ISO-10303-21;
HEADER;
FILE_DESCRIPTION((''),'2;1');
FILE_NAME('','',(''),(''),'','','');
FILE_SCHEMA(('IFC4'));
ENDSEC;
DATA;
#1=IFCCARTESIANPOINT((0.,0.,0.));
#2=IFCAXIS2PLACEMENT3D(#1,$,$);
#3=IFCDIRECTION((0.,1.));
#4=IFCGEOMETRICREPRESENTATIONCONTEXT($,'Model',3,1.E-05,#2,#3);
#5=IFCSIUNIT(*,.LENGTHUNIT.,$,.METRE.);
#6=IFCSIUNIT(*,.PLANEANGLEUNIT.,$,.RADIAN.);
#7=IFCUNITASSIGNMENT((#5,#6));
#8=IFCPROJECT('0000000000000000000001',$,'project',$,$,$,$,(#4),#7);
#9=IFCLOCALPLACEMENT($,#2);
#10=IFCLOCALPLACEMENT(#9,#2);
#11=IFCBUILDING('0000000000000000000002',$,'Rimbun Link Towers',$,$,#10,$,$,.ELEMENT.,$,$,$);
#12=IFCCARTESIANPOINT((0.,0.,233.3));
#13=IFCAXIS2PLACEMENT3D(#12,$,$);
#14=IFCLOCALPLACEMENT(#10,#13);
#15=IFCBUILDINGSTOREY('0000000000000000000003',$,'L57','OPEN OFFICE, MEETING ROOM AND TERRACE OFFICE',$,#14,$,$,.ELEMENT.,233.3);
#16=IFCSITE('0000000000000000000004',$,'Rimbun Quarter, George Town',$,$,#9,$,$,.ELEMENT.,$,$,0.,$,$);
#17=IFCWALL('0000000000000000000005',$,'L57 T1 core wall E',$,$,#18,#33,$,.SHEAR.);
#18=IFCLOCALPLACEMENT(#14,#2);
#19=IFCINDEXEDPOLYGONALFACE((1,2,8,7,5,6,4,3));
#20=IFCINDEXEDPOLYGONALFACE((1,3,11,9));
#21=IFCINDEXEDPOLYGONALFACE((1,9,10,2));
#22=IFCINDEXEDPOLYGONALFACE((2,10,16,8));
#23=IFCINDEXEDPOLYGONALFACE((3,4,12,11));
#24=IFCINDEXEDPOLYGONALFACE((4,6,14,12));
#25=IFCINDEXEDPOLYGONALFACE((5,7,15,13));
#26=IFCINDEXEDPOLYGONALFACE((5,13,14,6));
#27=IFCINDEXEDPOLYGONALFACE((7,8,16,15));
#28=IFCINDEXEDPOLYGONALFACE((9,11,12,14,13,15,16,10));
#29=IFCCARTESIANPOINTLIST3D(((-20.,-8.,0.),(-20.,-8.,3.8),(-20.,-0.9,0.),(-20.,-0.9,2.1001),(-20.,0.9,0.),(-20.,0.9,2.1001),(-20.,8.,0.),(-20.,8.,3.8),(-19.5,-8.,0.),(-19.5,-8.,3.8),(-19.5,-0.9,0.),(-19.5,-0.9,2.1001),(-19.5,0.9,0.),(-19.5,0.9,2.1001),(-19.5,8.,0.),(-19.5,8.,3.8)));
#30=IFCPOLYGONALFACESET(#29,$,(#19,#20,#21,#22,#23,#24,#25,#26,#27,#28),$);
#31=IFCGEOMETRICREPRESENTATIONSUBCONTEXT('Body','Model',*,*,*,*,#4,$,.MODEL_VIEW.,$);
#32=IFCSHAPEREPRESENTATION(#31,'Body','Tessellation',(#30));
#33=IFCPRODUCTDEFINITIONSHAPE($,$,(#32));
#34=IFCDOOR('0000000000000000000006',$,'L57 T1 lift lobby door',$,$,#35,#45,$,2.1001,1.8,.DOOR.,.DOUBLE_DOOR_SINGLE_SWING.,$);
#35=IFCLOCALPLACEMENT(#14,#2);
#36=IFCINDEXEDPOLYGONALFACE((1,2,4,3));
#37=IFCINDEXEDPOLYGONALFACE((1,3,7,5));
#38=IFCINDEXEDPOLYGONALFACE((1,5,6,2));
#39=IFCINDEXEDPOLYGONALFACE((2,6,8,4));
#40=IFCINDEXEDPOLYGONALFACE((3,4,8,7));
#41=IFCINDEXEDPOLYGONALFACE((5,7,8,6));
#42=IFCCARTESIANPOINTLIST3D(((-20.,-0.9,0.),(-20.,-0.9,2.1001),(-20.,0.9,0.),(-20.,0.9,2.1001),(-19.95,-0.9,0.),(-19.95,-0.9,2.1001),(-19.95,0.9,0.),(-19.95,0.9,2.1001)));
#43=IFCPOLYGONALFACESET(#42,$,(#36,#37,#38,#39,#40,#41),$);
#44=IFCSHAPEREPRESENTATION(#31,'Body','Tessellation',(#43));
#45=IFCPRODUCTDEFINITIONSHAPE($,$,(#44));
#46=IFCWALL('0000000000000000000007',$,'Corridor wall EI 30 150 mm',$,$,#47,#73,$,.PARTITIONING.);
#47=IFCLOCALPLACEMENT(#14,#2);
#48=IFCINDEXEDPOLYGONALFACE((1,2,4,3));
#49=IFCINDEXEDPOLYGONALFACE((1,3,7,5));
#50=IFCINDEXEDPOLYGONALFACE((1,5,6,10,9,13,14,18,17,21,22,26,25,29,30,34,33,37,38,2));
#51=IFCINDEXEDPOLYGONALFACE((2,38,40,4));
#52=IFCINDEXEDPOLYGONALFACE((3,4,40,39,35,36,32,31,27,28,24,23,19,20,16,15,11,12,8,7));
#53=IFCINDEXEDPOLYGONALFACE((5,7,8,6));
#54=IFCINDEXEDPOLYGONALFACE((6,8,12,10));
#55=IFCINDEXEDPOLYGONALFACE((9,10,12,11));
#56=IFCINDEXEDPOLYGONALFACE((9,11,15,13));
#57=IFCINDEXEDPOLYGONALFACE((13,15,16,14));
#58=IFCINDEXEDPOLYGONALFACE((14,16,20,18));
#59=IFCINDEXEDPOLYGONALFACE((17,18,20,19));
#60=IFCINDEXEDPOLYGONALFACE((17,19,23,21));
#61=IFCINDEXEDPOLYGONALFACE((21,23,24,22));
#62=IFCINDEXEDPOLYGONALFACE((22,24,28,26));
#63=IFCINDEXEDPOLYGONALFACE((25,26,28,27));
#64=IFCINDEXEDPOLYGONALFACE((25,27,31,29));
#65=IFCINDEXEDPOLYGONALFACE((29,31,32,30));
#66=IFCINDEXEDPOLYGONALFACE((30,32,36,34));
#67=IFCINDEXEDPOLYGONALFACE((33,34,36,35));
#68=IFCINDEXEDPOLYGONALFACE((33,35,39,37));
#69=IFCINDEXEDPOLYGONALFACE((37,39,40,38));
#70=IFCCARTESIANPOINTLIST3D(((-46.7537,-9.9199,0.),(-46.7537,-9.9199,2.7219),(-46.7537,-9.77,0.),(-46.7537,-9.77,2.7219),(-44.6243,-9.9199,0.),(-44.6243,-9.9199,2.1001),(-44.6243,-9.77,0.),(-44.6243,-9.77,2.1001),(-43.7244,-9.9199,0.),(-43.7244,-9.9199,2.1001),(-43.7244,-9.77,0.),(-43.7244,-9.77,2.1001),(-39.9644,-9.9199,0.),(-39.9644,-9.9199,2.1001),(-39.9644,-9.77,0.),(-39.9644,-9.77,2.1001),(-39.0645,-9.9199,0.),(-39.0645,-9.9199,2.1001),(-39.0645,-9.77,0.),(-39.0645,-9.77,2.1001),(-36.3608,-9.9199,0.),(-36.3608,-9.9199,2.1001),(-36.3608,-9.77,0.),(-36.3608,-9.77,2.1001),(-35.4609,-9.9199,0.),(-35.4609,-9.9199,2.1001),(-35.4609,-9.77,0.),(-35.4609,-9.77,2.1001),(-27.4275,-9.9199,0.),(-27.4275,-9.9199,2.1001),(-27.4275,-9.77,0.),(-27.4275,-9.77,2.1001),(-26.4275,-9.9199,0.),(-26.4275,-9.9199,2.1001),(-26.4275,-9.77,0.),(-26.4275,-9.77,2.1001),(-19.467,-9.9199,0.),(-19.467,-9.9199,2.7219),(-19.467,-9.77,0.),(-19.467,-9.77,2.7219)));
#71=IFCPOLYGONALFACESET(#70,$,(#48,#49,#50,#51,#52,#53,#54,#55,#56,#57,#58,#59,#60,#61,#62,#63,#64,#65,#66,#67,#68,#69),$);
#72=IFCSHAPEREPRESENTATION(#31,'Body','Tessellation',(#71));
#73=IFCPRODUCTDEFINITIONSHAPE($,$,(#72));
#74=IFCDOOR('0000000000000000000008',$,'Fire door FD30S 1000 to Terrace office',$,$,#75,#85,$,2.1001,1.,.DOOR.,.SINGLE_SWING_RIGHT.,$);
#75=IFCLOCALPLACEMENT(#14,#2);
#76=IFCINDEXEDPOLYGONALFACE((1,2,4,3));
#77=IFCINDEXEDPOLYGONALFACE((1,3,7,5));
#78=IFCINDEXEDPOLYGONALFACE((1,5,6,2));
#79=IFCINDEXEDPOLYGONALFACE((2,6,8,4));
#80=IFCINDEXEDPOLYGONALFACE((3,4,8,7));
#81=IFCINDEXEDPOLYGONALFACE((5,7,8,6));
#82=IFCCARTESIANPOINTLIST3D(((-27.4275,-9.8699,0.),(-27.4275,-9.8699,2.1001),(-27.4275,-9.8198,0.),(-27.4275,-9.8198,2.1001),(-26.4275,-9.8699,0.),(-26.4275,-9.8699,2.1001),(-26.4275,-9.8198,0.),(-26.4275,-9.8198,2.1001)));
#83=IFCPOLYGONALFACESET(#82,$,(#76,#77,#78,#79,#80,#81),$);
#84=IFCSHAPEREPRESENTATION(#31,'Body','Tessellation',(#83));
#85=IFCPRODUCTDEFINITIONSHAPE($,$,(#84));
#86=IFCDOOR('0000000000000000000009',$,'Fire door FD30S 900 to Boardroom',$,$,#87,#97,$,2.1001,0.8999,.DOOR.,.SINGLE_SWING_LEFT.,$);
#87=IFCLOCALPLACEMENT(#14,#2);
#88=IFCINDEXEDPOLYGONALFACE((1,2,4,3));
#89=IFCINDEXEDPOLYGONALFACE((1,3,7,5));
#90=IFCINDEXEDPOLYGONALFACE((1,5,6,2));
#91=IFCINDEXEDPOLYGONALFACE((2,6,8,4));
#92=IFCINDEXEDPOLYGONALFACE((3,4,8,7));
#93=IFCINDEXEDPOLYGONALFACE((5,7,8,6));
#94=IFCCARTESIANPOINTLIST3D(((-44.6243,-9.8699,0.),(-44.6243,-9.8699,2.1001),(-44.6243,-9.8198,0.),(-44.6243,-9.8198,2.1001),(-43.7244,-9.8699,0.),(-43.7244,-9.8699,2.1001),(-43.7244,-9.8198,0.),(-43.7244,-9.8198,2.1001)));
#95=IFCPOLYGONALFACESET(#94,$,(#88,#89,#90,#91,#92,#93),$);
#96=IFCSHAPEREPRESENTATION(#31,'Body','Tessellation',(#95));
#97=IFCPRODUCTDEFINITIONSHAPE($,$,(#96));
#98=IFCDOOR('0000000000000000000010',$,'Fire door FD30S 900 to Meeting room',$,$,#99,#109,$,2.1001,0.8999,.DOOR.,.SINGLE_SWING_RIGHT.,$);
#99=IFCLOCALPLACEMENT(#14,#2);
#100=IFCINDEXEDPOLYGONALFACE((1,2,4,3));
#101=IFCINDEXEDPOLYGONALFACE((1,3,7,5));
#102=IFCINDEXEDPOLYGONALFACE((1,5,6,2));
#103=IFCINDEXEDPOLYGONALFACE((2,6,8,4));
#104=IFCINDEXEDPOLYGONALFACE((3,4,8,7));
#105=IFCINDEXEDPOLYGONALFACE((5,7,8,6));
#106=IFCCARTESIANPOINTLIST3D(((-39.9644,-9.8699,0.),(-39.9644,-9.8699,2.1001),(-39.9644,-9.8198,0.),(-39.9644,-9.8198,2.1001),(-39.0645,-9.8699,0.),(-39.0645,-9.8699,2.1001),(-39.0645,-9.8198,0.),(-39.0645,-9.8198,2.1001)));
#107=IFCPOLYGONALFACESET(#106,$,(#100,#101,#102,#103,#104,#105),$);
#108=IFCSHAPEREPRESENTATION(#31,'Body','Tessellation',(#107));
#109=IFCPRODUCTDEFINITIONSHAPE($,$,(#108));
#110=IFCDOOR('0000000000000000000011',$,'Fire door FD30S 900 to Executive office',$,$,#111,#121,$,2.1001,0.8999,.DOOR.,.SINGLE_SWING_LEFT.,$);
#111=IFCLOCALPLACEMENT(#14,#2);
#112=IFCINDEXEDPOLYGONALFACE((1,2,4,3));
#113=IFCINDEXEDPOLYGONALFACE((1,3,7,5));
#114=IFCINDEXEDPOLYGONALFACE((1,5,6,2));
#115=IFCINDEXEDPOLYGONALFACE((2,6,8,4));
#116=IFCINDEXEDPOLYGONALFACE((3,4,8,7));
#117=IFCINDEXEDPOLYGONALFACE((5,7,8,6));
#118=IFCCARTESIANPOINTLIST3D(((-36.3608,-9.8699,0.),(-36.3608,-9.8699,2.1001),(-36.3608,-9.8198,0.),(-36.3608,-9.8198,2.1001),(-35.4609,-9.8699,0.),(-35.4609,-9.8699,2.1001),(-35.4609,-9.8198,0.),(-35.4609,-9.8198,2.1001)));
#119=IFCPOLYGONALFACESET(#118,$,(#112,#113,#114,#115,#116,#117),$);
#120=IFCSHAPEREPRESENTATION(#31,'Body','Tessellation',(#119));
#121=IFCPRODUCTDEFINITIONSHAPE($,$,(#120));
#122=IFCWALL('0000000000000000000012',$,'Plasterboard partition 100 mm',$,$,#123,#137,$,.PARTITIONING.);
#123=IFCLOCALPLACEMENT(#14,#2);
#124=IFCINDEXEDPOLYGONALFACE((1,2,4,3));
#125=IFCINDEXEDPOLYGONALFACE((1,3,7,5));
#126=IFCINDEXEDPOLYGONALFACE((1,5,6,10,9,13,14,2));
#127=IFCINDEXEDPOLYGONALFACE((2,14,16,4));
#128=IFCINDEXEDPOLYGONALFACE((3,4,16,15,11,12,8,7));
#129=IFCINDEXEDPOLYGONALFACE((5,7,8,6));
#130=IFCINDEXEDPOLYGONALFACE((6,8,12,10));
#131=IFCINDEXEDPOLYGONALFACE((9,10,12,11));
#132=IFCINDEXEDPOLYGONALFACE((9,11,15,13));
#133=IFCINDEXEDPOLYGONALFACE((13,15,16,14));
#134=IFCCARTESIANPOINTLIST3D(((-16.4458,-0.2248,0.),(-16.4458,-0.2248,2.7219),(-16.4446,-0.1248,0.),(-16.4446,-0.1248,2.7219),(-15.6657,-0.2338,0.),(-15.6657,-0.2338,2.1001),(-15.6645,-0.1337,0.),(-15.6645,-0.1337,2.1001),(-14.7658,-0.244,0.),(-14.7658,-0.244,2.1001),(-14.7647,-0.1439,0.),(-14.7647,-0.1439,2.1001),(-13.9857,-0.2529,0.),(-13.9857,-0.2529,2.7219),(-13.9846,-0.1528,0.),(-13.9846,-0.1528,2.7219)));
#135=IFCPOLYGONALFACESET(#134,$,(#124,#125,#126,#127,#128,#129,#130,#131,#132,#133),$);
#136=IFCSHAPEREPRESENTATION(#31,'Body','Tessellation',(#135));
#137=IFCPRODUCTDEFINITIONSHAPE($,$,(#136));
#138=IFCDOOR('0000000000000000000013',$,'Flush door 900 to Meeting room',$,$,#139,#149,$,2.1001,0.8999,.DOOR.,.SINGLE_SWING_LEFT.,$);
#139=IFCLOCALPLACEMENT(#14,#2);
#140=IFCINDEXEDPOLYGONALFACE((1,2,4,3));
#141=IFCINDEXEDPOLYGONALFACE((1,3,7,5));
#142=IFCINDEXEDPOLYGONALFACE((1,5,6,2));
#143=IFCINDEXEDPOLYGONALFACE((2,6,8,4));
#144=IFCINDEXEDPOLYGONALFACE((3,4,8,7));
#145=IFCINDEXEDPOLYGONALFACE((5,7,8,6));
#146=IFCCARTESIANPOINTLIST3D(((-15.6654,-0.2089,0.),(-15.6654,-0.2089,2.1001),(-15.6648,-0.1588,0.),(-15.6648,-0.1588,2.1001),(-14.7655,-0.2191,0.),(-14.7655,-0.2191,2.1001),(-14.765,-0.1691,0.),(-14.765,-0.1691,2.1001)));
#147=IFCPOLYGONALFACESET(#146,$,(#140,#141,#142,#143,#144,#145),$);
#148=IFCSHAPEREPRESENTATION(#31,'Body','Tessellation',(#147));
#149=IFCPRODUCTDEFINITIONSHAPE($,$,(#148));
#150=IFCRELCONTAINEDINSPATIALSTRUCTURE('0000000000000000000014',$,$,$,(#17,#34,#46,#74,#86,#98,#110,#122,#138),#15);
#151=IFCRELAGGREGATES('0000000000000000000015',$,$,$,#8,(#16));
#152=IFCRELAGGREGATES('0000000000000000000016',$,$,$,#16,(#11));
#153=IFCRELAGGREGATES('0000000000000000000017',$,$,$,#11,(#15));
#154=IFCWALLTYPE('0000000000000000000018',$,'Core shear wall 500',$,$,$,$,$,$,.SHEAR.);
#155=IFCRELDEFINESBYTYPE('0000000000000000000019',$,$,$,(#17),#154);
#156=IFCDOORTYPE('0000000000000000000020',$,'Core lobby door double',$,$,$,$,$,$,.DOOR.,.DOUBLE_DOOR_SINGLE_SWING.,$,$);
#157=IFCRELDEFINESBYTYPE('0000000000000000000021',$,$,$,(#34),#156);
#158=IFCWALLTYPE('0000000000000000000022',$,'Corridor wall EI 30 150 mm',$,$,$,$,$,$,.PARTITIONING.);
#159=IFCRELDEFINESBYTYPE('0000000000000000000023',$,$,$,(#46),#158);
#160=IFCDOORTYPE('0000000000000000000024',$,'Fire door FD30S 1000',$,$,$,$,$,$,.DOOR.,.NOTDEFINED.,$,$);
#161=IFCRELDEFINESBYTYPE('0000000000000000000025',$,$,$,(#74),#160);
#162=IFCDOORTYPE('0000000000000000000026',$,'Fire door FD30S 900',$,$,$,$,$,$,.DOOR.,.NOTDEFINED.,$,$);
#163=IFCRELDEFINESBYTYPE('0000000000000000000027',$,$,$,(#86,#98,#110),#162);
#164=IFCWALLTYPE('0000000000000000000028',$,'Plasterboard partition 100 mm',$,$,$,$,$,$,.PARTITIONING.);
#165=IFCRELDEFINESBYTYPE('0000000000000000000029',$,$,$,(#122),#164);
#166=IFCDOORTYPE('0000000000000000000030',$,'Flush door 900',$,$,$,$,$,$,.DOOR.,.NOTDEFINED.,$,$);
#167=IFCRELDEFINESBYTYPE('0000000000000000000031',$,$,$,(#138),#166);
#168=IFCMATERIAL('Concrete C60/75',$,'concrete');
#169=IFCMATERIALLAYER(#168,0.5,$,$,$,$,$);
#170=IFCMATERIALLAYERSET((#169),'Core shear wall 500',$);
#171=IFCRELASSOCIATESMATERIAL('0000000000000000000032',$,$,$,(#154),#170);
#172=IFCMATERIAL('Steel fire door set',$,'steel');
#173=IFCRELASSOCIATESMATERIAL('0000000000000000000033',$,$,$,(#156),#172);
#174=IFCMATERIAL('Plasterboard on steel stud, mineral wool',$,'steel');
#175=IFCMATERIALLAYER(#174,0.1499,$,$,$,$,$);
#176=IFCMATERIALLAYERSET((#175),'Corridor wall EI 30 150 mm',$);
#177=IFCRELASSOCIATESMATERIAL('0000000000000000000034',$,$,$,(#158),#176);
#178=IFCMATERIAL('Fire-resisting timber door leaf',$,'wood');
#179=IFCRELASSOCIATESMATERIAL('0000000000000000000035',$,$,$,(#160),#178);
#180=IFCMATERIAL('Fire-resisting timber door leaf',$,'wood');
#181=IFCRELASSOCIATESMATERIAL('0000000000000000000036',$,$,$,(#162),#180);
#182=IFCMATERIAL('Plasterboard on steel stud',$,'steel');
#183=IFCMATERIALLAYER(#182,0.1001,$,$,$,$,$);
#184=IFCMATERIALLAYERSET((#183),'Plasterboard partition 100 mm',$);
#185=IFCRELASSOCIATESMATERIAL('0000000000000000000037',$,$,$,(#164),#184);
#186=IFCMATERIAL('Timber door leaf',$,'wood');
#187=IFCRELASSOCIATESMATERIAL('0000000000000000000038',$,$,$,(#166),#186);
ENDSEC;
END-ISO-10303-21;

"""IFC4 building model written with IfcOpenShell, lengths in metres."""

from ifc_helpers import new_model, si_unit, direction, frame, frame_2d, origin, place, context, subcontext, project, spatial, rectangle, extrude, material, layer, layer_set, type_object, element, fill, save


model = new_model("IFC4")

# Units and contexts
model_context = context("Model", 3, precision=1e-05, world=origin(), true_north=direction((0.0, 1.0)))
body_context = subcontext(model_context, "Body", "Model", "MODEL_VIEW")
ifc_project = project(units=[si_unit("LENGTHUNIT", "METRE"), si_unit("PLANEANGLEUNIT", "RADIAN")], contexts=[model_context])

# Site, building, storey
site_placement = place(None, origin())
site = spatial("IfcSite", under=ifc_project, at=site_placement, Name="Rimbun Quarter, George Town", CompositionType="ELEMENT", RefElevation=0.0)
building_placement = place(site_placement, origin())
building = spatial("IfcBuilding", under=site, at=building_placement, Name="Rimbun Link Towers", CompositionType="ELEMENT")
storey_placement = place(building_placement, frame((0.0, 0.0, 233.3)))
storey = spatial("IfcBuildingStorey", under=building, at=storey_placement, Name="L57", Description="OPEN OFFICE, MEETING ROOM AND TERRACE OFFICE", CompositionType="ELEMENT", Elevation=233.3)

# Wall, opening, door
ifc_material_1 = material(Name="Concrete C60/75", Category="concrete")
ifc_layer_1 = layer(ifc_material_1, 0.5)
ifc_layer_set_1 = layer_set([ifc_layer_1], Name="Core shear wall 500")
wall_type_1 = type_object("IfcWallType", Name="Core shear wall 500", PredefinedType="SHEAR", material=ifc_layer_set_1)
wall_1_placement = place(storey_placement, frame((-19.75, -8.0, 0.0), z_axis=(0.0, 0.0, 1.0), x_axis=(0.0, 1.0, 0.0)))
wall_1 = element("IfcWall", 1, at=wall_1_placement, inside=storey, type_object=wall_type_1, Name="L57 T1 core wall E", PredefinedType="SHEAR", context=body_context, shape_type="SweptSolid", body=[
    extrude(rectangle(XDim=16.0, YDim=0.5, at=frame_2d((8.0, 0.0))), origin(), (0.0, 0.0, 1.0), 3.8),
])
opening_1_placement = place(wall_1_placement, frame((7.1001, 0.0, 0.0)))
opening_1 = element("IfcOpeningElement", 2, at=opening_1_placement, cuts=wall_1, PredefinedType="OPENING", context=body_context, shape_type="SweptSolid", body=[
    extrude(rectangle(XDim=1.8, YDim=2.1001, at=frame_2d((0.8999, 1.05))), frame((0.0, 0.26, 0.0), z_axis=(0.0, -1.0, 0.0), x_axis=(1.0, 0.0, 0.0)), (0.0, 0.0, 1.0), 0.52),
])
ifc_material_2 = material(Name="Steel fire door set", Category="steel")
door_type_1 = type_object("IfcDoorType", Name="Core lobby door double", OperationType="DOUBLE_DOOR_SINGLE_SWING", PredefinedType="DOOR", material=ifc_material_2)
door_1_placement = place(opening_1_placement, origin())
door_1 = element("IfcDoor", 3, at=door_1_placement, inside=storey, type_object=door_type_1, Name="L57 T1 lift lobby door", OperationType="DOUBLE_DOOR_SINGLE_SWING", OverallHeight=2.1001, OverallWidth=1.8, PredefinedType="DOOR", context=body_context, shape_type="SweptSolid", body=[
    extrude(rectangle(XDim=1.8, YDim=2.1001, at=frame_2d((0.8999, 1.05))), frame((0.0, 0.25, 0.0), z_axis=(0.0, -1.0, 0.0), x_axis=(1.0, 0.0, 0.0)), (0.0, 0.0, 1.0), 0.05),
])
fill(opening_1, door_1)

# Wall, openings, doors
ifc_material_3 = material(Name="Plasterboard on steel stud, mineral wool", Category="steel")
ifc_layer_2 = layer(ifc_material_3, 0.1499)
ifc_layer_set_2 = layer_set([ifc_layer_2], Name="Corridor wall EI 30 150 mm")
wall_type_2 = type_object("IfcWallType", Name="Corridor wall EI 30 150 mm", PredefinedType="PARTITIONING", material=ifc_layer_set_2)
wall_2_placement = place(storey_placement, frame((-19.467, -9.845, 0.0), z_axis=(0.0, 0.0, 1.0), x_axis=(-1.0, 0.0, 0.0)))
wall_2 = element("IfcWall", 4, at=wall_2_placement, inside=storey, type_object=wall_type_2, Name="Corridor wall EI 30 150 mm", PredefinedType="PARTITIONING", context=body_context, shape_type="SweptSolid", body=[
    extrude(rectangle(XDim=27.2866, YDim=0.1499, at=frame_2d((13.6433, 0.0))), origin(), (0.0, 0.0, 1.0), 2.7219),
])
opening_2_placement = place(wall_2_placement, frame((24.2573, 0.0, 0.0)))
opening_2 = element("IfcOpeningElement", 5, at=opening_2_placement, cuts=wall_2, PredefinedType="OPENING", context=body_context, shape_type="SweptSolid", body=[
    extrude(rectangle(XDim=0.8999, YDim=2.1001, at=frame_2d((0.45, 1.05))), frame((0.0, 0.085, 0.0), z_axis=(0.0, -1.0, 0.0), x_axis=(1.0, 0.0, 0.0)), (0.0, 0.0, 1.0), 0.1699),
])
opening_3_placement = place(wall_2_placement, frame((19.5974, 0.0, 0.0)))
opening_3 = element("IfcOpeningElement", 6, at=opening_3_placement, cuts=wall_2, PredefinedType="OPENING", context=body_context, shape_type="SweptSolid", body=[
    extrude(rectangle(XDim=0.8999, YDim=2.1001, at=frame_2d((0.45, 1.05))), frame((0.0, 0.085, 0.0), z_axis=(0.0, -1.0, 0.0), x_axis=(1.0, 0.0, 0.0)), (0.0, 0.0, 1.0), 0.1699),
])
opening_4_placement = place(wall_2_placement, frame((15.9939, 0.0, 0.0)))
opening_4 = element("IfcOpeningElement", 7, at=opening_4_placement, cuts=wall_2, PredefinedType="OPENING", context=body_context, shape_type="SweptSolid", body=[
    extrude(rectangle(XDim=0.8999, YDim=2.1001, at=frame_2d((0.45, 1.05))), frame((0.0, 0.085, 0.0), z_axis=(0.0, -1.0, 0.0), x_axis=(1.0, 0.0, 0.0)), (0.0, 0.0, 1.0), 0.1699),
])
opening_5_placement = place(wall_2_placement, frame((6.9604, 0.0, 0.0)))
opening_5 = element("IfcOpeningElement", 8, at=opening_5_placement, cuts=wall_2, PredefinedType="OPENING", context=body_context, shape_type="SweptSolid", body=[
    extrude(rectangle(XDim=1.0, YDim=2.1001, at=frame_2d((0.5, 1.05))), frame((0.0, 0.085, 0.0), z_axis=(0.0, -1.0, 0.0), x_axis=(1.0, 0.0, 0.0)), (0.0, 0.0, 1.0), 0.1699),
])
ifc_material_4 = material(Name="Fire-resisting timber door leaf", Category="wood")
door_type_2 = type_object("IfcDoorType", Name="Fire door FD30S 1000", OperationType="NOTDEFINED", PredefinedType="DOOR", material=ifc_material_4)
door_2_placement = place(opening_5_placement, origin())
door_2 = element("IfcDoor", 9, at=door_2_placement, inside=storey, type_object=door_type_2, Name="Fire door FD30S 1000 to Terrace office", OperationType="SINGLE_SWING_RIGHT", OverallHeight=2.1001, OverallWidth=1.0, PredefinedType="DOOR", context=body_context, shape_type="SweptSolid", body=[
    extrude(rectangle(XDim=1.0, YDim=2.1001, at=frame_2d((0.5, 1.05))), frame((0.0, 0.0249, 0.0), z_axis=(0.0, -1.0, 0.0), x_axis=(1.0, 0.0, 0.0)), (0.0, 0.0, 1.0), 0.05),
])
fill(opening_5, door_2)
ifc_material_5 = material(Name="Fire-resisting timber door leaf", Category="wood")
door_type_3 = type_object("IfcDoorType", Name="Fire door FD30S 900", OperationType="NOTDEFINED", PredefinedType="DOOR", material=ifc_material_5)
door_3_placement = place(opening_2_placement, origin())
door_3 = element("IfcDoor", 10, at=door_3_placement, inside=storey, type_object=door_type_3, Name="Fire door FD30S 900 to Boardroom", OperationType="SINGLE_SWING_LEFT", OverallHeight=2.1001, OverallWidth=0.8999, PredefinedType="DOOR", context=body_context, shape_type="SweptSolid", body=[
    extrude(rectangle(XDim=0.8999, YDim=2.1001, at=frame_2d((0.45, 1.05))), frame((0.0, 0.0249, 0.0), z_axis=(0.0, -1.0, 0.0), x_axis=(1.0, 0.0, 0.0)), (0.0, 0.0, 1.0), 0.05),
])
fill(opening_2, door_3)
door_4_placement = place(opening_3_placement, origin())
door_4 = element("IfcDoor", 11, at=door_4_placement, inside=storey, type_object=door_type_3, Name="Fire door FD30S 900 to Meeting room", OperationType="SINGLE_SWING_RIGHT", OverallHeight=2.1001, OverallWidth=0.8999, PredefinedType="DOOR", context=body_context, shape_type="SweptSolid", body=[
    extrude(rectangle(XDim=0.8999, YDim=2.1001, at=frame_2d((0.45, 1.05))), frame((0.0, 0.0249, 0.0), z_axis=(0.0, -1.0, 0.0), x_axis=(1.0, 0.0, 0.0)), (0.0, 0.0, 1.0), 0.05),
])
fill(opening_3, door_4)
door_5_placement = place(opening_4_placement, origin())
door_5 = element("IfcDoor", 12, at=door_5_placement, inside=storey, type_object=door_type_3, Name="Fire door FD30S 900 to Executive office", OperationType="SINGLE_SWING_LEFT", OverallHeight=2.1001, OverallWidth=0.8999, PredefinedType="DOOR", context=body_context, shape_type="SweptSolid", body=[
    extrude(rectangle(XDim=0.8999, YDim=2.1001, at=frame_2d((0.45, 1.05))), frame((0.0, 0.0249, 0.0), z_axis=(0.0, -1.0, 0.0), x_axis=(1.0, 0.0, 0.0)), (0.0, 0.0, 1.0), 0.05),
])
fill(opening_4, door_5)

# Wall, opening, door
ifc_material_6 = material(Name="Plasterboard on steel stud", Category="steel")
ifc_layer_3 = layer(ifc_material_6, 0.1001)
ifc_layer_set_3 = layer_set([ifc_layer_3], Name="Plasterboard partition 100 mm")
wall_type_3 = type_object("IfcWallType", Name="Plasterboard partition 100 mm", PredefinedType="PARTITIONING", material=ifc_layer_set_3)
wall_3_placement = place(storey_placement, frame((-16.4451, -0.1748, 0.0), z_axis=(0.0, 0.0, 1.0), x_axis=(0.999935, -0.011413, 0.0)))
wall_3 = element("IfcWall", 13, at=wall_3_placement, inside=storey, type_object=wall_type_3, Name="Plasterboard partition 100 mm", PredefinedType="PARTITIONING", context=body_context, shape_type="SweptSolid", body=[
    extrude(rectangle(XDim=2.4602, YDim=0.1001, at=frame_2d((1.23, 0.0))), origin(), (0.0, 0.0, 1.0), 2.7219),
])
opening_6_placement = place(wall_3_placement, frame((0.78, 0.0, 0.0)))
opening_6 = element("IfcOpeningElement", 14, at=opening_6_placement, cuts=wall_3, PredefinedType="OPENING", context=body_context, shape_type="SweptSolid", body=[
    extrude(rectangle(XDim=0.8999, YDim=2.1001, at=frame_2d((0.45, 1.05))), frame((0.0, 0.0601, 0.0), z_axis=(0.0, -1.0, 0.0), x_axis=(1.0, 0.0, 0.0)), (0.0, 0.0, 1.0), 0.1201),
])
ifc_material_7 = material(Name="Timber door leaf", Category="wood")
door_type_4 = type_object("IfcDoorType", Name="Flush door 900", OperationType="NOTDEFINED", PredefinedType="DOOR", material=ifc_material_7)
door_6_placement = place(opening_6_placement, origin())
door_6 = element("IfcDoor", 15, at=door_6_placement, inside=storey, type_object=door_type_4, Name="Flush door 900 to Meeting room", OperationType="SINGLE_SWING_LEFT", OverallHeight=2.1001, OverallWidth=0.8999, PredefinedType="DOOR", context=body_context, shape_type="SweptSolid", body=[
    extrude(rectangle(XDim=0.8999, YDim=2.1001, at=frame_2d((0.45, 1.05))), frame((0.0, 0.0249, 0.0), z_axis=(0.0, -1.0, 0.0), x_axis=(1.0, 0.0, 0.0)), (0.0, 0.0, 1.0), 0.05),
])
fill(opening_6, door_6)

save(model, "model.ifc")
